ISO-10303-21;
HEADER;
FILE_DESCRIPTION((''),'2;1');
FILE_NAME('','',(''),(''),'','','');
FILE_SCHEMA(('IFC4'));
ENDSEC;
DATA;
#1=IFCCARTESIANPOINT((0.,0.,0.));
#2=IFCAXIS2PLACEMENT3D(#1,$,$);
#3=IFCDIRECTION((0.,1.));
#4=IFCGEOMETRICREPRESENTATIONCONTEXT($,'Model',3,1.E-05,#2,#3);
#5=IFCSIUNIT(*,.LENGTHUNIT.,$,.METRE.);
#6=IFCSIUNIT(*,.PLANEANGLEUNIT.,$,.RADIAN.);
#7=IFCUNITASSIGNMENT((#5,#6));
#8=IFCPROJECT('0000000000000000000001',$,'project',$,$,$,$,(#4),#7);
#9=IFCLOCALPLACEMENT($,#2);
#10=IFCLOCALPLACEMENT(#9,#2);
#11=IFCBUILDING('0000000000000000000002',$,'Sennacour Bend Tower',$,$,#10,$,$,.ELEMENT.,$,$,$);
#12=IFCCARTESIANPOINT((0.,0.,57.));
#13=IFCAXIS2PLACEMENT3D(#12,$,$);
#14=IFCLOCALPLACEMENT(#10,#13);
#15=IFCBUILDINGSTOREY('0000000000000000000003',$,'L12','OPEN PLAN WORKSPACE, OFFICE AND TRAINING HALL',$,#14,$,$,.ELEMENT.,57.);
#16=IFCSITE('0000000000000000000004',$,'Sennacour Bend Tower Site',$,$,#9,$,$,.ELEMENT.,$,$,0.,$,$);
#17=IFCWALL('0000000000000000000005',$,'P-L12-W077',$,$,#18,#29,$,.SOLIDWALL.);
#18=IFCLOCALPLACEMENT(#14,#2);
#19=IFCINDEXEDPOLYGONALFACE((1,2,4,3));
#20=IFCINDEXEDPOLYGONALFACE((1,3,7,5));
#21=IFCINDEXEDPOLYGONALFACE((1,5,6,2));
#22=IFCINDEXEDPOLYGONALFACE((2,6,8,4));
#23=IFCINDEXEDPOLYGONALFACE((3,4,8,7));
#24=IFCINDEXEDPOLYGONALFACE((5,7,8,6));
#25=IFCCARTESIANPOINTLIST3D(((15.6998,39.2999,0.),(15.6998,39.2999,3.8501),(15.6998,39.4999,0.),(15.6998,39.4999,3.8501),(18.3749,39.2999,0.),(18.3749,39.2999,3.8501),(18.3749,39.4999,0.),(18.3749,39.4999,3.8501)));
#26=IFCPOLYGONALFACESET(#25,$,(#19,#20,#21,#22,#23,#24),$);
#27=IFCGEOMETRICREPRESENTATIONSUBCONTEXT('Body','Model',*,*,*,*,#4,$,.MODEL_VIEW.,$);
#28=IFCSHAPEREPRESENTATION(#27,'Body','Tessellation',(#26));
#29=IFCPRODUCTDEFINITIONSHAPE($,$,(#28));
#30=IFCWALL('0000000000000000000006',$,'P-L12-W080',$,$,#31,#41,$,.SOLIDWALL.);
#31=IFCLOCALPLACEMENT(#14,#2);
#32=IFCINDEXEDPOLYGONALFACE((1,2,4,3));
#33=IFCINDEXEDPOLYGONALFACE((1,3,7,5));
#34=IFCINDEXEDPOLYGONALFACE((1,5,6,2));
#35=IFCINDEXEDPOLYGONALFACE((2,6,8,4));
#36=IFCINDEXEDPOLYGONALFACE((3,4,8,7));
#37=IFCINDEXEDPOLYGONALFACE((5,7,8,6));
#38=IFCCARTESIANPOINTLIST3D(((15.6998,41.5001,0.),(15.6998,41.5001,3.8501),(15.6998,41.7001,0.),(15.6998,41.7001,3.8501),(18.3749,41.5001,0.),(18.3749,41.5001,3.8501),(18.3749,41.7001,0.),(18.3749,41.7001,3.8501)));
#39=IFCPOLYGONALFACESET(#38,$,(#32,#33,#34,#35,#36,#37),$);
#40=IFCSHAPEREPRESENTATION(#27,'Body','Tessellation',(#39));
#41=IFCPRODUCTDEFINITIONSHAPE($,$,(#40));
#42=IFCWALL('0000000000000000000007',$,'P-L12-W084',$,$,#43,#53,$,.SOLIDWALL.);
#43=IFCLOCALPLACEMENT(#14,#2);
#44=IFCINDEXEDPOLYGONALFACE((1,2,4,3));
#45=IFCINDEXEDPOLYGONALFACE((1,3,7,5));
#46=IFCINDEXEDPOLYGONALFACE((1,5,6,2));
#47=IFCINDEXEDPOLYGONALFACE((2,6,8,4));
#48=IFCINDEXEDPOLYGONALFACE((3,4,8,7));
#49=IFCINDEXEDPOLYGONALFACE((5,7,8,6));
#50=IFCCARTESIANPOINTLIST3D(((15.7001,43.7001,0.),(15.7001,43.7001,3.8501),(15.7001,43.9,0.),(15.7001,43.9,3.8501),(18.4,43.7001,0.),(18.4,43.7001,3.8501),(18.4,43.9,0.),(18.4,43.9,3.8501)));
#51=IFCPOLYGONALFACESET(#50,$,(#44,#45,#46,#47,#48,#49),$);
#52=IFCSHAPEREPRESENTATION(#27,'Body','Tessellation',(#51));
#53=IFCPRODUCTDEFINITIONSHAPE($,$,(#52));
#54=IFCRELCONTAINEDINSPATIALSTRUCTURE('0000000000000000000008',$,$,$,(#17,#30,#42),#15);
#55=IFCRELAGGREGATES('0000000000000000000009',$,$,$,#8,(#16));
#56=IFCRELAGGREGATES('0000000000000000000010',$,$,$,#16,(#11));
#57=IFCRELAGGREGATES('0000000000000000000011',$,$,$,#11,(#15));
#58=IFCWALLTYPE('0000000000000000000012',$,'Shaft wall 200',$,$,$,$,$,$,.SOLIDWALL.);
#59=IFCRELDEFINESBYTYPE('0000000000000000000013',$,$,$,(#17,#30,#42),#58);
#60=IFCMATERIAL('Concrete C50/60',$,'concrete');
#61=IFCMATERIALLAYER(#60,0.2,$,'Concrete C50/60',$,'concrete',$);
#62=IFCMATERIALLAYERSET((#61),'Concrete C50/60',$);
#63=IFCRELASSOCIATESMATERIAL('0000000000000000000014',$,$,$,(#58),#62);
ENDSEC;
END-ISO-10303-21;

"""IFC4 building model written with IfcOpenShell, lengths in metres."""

from ifc_helpers import new_model, si_unit, direction, frame, frame_2d, origin, place, context, subcontext, project, spatial, rectangle, extrude, material, layer, layer_set, type_object, element, save


model = new_model("IFC4")

# Units and contexts
model_context = context("Model", 3, precision=1e-05, world=origin(), true_north=direction((0.0, 1.0)))
body_context = subcontext(model_context, "Body", "Model", "MODEL_VIEW")
ifc_project = project(units=[si_unit("LENGTHUNIT", "METRE"), si_unit("PLANEANGLEUNIT", "RADIAN")], contexts=[model_context])

# Site, building, storey
site_placement = place(None, origin())
site = spatial("IfcSite", under=ifc_project, at=site_placement, Name="Sennacour Bend Tower Site", CompositionType="ELEMENT", RefElevation=0.0)
building_placement = place(site_placement, origin())
building = spatial("IfcBuilding", under=site, at=building_placement, Name="Sennacour Bend Tower", CompositionType="ELEMENT")
storey_placement = place(building_placement, frame((0.0, 0.0, 57.0)))
storey = spatial("IfcBuildingStorey", under=building, at=storey_placement, Name="L12", Description="OPEN PLAN WORKSPACE, OFFICE AND TRAINING HALL", CompositionType="ELEMENT", Elevation=57.0)

# Shared definitions
ifc_material_1 = material(Name="Concrete C50/60", Category="concrete")
ifc_layer_1 = layer(ifc_material_1, 0.2, Name="Concrete C50/60", Category="concrete")
ifc_layer_set_1 = layer_set([ifc_layer_1], Name="Concrete C50/60")
wall_type_1 = type_object("IfcWallType", Name="Shaft wall 200", PredefinedType="SOLIDWALL", material=ifc_layer_set_1)

# Walls
for number, where, z_axis, x_axis, name in (
    (1, (15.7, 39.3999, 0.0), (0.0, 0.0, 1.0), (1.0, 0.0, 0.0), "P-L12-W077"),
    (2, (15.7, 41.6001, 0.0), (0.0, 0.0, 1.0), (1.0, 0.0, 0.0), "P-L12-W080"),
):
    element("IfcWall", number, at=place(storey_placement, frame(where, z_axis=z_axis, x_axis=x_axis)), inside=storey, type_object=wall_type_1, Name=name, PredefinedType="SOLIDWALL", context=body_context, shape_type="SweptSolid", body=[
        extrude(rectangle(XDim=2.675, YDim=0.2, at=frame_2d((1.3374, 0.0))), origin(), (0.0, 0.0, 1.0), 3.8501),
    ])
wall_1_placement = place(storey_placement, frame((15.7, 43.8, 0.0), z_axis=(0.0, 0.0, 1.0), x_axis=(1.0, 0.0, 0.0)))
element("IfcWall", 3, at=wall_1_placement, inside=storey, type_object=wall_type_1, Name="P-L12-W084", PredefinedType="SOLIDWALL", context=body_context, shape_type="SweptSolid", body=[
    extrude(rectangle(XDim=2.7, YDim=0.2, at=frame_2d((1.3501, 0.0))), origin(), (0.0, 0.0, 1.0), 3.8501),
])

save(model, "model.ifc")
